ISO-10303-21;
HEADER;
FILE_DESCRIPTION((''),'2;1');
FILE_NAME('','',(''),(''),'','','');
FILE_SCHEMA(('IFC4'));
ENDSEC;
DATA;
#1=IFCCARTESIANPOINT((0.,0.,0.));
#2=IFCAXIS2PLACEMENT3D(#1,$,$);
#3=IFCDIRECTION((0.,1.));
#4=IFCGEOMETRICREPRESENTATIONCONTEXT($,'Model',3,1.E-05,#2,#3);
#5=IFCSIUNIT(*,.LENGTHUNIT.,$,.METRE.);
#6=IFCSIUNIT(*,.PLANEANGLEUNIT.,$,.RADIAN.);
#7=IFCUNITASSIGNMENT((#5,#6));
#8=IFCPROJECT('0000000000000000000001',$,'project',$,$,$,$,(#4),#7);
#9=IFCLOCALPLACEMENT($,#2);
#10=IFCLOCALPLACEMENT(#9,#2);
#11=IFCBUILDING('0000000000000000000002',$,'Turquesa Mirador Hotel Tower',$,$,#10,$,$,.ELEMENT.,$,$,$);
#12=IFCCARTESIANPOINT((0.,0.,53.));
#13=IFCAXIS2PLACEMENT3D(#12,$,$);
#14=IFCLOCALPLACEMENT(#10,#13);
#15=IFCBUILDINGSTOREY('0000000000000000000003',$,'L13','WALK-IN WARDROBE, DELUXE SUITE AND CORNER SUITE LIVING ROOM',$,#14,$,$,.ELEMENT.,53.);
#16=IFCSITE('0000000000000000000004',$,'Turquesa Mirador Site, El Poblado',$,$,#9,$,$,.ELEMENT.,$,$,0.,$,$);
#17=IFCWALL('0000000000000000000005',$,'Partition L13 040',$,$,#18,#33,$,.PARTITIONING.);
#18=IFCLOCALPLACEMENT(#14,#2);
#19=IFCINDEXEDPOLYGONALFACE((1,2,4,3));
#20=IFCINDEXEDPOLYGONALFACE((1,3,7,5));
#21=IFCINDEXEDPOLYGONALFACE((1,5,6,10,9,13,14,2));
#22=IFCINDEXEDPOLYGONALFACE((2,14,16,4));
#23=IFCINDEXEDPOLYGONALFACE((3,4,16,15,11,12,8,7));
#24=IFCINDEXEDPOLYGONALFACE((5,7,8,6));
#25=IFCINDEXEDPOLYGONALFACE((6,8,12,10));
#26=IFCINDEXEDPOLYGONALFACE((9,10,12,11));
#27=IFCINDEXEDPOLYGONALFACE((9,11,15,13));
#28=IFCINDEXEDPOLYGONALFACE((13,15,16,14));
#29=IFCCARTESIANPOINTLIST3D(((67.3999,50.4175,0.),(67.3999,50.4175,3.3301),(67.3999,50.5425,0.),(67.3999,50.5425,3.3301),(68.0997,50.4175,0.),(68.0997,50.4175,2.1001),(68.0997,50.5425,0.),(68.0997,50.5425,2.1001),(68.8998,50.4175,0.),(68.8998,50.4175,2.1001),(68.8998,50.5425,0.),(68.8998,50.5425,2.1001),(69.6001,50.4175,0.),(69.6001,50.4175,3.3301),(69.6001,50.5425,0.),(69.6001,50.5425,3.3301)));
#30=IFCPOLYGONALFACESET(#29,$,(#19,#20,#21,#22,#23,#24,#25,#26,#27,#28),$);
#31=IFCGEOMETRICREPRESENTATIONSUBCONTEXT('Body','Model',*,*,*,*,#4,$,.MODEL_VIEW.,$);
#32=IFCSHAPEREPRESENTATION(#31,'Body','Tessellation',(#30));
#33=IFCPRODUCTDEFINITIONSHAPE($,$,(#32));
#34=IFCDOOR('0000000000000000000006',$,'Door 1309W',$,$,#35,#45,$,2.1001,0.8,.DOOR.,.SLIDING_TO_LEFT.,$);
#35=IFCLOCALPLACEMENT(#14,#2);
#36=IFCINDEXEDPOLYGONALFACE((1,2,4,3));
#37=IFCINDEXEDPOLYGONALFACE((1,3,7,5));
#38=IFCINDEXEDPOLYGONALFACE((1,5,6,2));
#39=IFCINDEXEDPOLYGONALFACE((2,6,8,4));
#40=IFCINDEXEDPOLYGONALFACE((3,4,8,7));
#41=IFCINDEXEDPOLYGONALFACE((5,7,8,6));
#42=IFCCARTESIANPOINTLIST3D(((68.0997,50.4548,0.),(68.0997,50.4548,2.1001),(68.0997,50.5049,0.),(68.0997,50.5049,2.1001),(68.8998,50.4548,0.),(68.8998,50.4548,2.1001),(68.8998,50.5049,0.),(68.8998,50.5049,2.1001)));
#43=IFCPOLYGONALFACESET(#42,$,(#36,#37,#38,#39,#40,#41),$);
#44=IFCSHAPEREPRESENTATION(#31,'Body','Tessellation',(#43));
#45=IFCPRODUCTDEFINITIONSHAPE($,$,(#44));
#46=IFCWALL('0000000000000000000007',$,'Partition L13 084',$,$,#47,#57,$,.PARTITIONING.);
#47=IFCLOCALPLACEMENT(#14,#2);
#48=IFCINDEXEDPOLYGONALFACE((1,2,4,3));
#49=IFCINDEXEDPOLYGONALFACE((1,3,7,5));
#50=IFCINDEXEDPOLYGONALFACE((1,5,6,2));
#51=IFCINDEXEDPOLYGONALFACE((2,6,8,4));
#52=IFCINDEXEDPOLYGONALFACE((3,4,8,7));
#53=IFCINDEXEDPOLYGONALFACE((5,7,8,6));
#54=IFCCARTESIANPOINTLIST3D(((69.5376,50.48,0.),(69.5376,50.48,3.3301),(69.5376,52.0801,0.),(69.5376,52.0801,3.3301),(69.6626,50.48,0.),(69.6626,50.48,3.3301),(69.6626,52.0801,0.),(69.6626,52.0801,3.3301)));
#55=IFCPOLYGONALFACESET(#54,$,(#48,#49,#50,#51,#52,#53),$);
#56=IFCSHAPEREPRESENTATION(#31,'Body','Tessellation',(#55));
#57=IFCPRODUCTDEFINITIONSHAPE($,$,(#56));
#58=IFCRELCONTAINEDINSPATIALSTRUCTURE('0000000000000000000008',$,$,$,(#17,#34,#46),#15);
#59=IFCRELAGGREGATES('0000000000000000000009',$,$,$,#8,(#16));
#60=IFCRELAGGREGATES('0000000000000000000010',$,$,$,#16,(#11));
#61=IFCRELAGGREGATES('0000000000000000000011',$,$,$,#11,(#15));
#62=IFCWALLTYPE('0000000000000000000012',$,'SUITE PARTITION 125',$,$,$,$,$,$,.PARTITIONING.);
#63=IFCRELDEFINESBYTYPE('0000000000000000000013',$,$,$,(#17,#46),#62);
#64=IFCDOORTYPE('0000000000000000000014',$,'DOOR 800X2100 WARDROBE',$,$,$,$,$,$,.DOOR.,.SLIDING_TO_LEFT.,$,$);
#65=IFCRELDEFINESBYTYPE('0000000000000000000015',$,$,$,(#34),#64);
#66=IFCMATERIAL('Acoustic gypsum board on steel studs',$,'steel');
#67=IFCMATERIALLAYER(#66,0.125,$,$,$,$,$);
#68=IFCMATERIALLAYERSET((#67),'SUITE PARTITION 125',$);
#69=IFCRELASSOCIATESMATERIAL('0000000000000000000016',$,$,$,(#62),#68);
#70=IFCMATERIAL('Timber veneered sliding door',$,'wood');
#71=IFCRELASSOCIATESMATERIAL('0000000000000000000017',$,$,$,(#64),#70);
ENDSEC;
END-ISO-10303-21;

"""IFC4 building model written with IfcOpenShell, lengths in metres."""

from ifc_helpers import new_model, si_unit, direction, frame, frame_2d, origin, place, context, subcontext, project, spatial, rectangle, extrude, material, layer, layer_set, type_object, element, fill, save


model = new_model("IFC4")

# Units and contexts
model_context = context("Model", 3, precision=1e-05, world=origin(), true_north=direction((0.0, 1.0)))
body_context = subcontext(model_context, "Body", "Model", "MODEL_VIEW")
ifc_project = project(units=[si_unit("LENGTHUNIT", "METRE"), si_unit("PLANEANGLEUNIT", "RADIAN")], contexts=[model_context])

# Site, building, storey
site_placement = place(None, origin())
site = spatial("IfcSite", under=ifc_project, at=site_placement, Name="Turquesa Mirador Site, El Poblado", CompositionType="ELEMENT", RefElevation=0.0)
building_placement = place(site_placement, origin())
building = spatial("IfcBuilding", under=site, at=building_placement, Name="Turquesa Mirador Hotel Tower", CompositionType="ELEMENT")
storey_placement = place(building_placement, frame((0.0, 0.0, 53.0)))
storey = spatial("IfcBuildingStorey", under=building, at=storey_placement, Name="L13", Description="WALK-IN WARDROBE, DELUXE SUITE AND CORNER SUITE LIVING ROOM", CompositionType="ELEMENT", Elevation=53.0)

# Wall, opening, door
ifc_material_1 = material(Name="Acoustic gypsum board on steel studs", Category="steel")
ifc_layer_1 = layer(ifc_material_1, 0.125)
ifc_layer_set_1 = layer_set([ifc_layer_1], Name="SUITE PARTITION 125")
wall_type_1 = type_object("IfcWallType", Name="SUITE PARTITION 125", PredefinedType="PARTITIONING", material=ifc_layer_set_1)
wall_1_placement = place(storey_placement, frame((67.3999, 50.48, 0.0), z_axis=(0.0, 0.0, 1.0), x_axis=(1.0, 0.0, 0.0)))
wall_1 = element("IfcWall", 1, at=wall_1_placement, inside=storey, type_object=wall_type_1, Name="Partition L13 040", PredefinedType="PARTITIONING", context=body_context, shape_type="SweptSolid", body=[
    extrude(rectangle(XDim=2.2002, YDim=0.125, at=frame_2d((1.1001, 0.0))), origin(), (0.0, 0.0, 1.0), 3.3301),
])
opening_1_placement = place(wall_1_placement, frame((0.7, 0.0, 0.0)))
opening_1 = element("IfcOpeningElement", 2, at=opening_1_placement, cuts=wall_1, PredefinedType="OPENING", context=body_context, shape_type="SweptSolid", body=[
    extrude(rectangle(XDim=0.8, YDim=2.1001, at=frame_2d((0.3999, 1.05))), frame((0.0, 0.0725, 0.0), z_axis=(0.0, -1.0, 0.0), x_axis=(1.0, 0.0, 0.0)), (0.0, 0.0, 1.0), 0.145),
])
ifc_material_2 = material(Name="Timber veneered sliding door", Category="wood")
door_type_1 = type_object("IfcDoorType", Name="DOOR 800X2100 WARDROBE", OperationType="SLIDING_TO_LEFT", PredefinedType="DOOR", material=ifc_material_2)
door_1_placement = place(opening_1_placement, origin())
door_1 = element("IfcDoor", 3, at=door_1_placement, inside=storey, type_object=door_type_1, Name="Door 1309W", OperationType="SLIDING_TO_LEFT", OverallHeight=2.1001, OverallWidth=0.8, PredefinedType="DOOR", context=body_context, shape_type="SweptSolid", body=[
    extrude(rectangle(XDim=0.8, YDim=2.1001, at=frame_2d((0.3999, 1.05))), frame((0.0, 0.0249, 0.0), z_axis=(0.0, -1.0, 0.0), x_axis=(1.0, 0.0, 0.0)), (0.0, 0.0, 1.0), 0.05),
])
fill(opening_1, door_1)

# Wall
wall_2_placement = place(storey_placement, frame((69.6001, 50.48, 0.0), z_axis=(0.0, 0.0, 1.0), x_axis=(0.0, 1.0, 0.0)))
element("IfcWall", 4, at=wall_2_placement, inside=storey, type_object=wall_type_1, Name="Partition L13 084", PredefinedType="PARTITIONING", context=body_context, shape_type="SweptSolid", body=[
    extrude(rectangle(XDim=1.6001, YDim=0.125, at=frame_2d((0.8, 0.0))), origin(), (0.0, 0.0, 1.0), 3.3301),
])

save(model, "model.ifc")
